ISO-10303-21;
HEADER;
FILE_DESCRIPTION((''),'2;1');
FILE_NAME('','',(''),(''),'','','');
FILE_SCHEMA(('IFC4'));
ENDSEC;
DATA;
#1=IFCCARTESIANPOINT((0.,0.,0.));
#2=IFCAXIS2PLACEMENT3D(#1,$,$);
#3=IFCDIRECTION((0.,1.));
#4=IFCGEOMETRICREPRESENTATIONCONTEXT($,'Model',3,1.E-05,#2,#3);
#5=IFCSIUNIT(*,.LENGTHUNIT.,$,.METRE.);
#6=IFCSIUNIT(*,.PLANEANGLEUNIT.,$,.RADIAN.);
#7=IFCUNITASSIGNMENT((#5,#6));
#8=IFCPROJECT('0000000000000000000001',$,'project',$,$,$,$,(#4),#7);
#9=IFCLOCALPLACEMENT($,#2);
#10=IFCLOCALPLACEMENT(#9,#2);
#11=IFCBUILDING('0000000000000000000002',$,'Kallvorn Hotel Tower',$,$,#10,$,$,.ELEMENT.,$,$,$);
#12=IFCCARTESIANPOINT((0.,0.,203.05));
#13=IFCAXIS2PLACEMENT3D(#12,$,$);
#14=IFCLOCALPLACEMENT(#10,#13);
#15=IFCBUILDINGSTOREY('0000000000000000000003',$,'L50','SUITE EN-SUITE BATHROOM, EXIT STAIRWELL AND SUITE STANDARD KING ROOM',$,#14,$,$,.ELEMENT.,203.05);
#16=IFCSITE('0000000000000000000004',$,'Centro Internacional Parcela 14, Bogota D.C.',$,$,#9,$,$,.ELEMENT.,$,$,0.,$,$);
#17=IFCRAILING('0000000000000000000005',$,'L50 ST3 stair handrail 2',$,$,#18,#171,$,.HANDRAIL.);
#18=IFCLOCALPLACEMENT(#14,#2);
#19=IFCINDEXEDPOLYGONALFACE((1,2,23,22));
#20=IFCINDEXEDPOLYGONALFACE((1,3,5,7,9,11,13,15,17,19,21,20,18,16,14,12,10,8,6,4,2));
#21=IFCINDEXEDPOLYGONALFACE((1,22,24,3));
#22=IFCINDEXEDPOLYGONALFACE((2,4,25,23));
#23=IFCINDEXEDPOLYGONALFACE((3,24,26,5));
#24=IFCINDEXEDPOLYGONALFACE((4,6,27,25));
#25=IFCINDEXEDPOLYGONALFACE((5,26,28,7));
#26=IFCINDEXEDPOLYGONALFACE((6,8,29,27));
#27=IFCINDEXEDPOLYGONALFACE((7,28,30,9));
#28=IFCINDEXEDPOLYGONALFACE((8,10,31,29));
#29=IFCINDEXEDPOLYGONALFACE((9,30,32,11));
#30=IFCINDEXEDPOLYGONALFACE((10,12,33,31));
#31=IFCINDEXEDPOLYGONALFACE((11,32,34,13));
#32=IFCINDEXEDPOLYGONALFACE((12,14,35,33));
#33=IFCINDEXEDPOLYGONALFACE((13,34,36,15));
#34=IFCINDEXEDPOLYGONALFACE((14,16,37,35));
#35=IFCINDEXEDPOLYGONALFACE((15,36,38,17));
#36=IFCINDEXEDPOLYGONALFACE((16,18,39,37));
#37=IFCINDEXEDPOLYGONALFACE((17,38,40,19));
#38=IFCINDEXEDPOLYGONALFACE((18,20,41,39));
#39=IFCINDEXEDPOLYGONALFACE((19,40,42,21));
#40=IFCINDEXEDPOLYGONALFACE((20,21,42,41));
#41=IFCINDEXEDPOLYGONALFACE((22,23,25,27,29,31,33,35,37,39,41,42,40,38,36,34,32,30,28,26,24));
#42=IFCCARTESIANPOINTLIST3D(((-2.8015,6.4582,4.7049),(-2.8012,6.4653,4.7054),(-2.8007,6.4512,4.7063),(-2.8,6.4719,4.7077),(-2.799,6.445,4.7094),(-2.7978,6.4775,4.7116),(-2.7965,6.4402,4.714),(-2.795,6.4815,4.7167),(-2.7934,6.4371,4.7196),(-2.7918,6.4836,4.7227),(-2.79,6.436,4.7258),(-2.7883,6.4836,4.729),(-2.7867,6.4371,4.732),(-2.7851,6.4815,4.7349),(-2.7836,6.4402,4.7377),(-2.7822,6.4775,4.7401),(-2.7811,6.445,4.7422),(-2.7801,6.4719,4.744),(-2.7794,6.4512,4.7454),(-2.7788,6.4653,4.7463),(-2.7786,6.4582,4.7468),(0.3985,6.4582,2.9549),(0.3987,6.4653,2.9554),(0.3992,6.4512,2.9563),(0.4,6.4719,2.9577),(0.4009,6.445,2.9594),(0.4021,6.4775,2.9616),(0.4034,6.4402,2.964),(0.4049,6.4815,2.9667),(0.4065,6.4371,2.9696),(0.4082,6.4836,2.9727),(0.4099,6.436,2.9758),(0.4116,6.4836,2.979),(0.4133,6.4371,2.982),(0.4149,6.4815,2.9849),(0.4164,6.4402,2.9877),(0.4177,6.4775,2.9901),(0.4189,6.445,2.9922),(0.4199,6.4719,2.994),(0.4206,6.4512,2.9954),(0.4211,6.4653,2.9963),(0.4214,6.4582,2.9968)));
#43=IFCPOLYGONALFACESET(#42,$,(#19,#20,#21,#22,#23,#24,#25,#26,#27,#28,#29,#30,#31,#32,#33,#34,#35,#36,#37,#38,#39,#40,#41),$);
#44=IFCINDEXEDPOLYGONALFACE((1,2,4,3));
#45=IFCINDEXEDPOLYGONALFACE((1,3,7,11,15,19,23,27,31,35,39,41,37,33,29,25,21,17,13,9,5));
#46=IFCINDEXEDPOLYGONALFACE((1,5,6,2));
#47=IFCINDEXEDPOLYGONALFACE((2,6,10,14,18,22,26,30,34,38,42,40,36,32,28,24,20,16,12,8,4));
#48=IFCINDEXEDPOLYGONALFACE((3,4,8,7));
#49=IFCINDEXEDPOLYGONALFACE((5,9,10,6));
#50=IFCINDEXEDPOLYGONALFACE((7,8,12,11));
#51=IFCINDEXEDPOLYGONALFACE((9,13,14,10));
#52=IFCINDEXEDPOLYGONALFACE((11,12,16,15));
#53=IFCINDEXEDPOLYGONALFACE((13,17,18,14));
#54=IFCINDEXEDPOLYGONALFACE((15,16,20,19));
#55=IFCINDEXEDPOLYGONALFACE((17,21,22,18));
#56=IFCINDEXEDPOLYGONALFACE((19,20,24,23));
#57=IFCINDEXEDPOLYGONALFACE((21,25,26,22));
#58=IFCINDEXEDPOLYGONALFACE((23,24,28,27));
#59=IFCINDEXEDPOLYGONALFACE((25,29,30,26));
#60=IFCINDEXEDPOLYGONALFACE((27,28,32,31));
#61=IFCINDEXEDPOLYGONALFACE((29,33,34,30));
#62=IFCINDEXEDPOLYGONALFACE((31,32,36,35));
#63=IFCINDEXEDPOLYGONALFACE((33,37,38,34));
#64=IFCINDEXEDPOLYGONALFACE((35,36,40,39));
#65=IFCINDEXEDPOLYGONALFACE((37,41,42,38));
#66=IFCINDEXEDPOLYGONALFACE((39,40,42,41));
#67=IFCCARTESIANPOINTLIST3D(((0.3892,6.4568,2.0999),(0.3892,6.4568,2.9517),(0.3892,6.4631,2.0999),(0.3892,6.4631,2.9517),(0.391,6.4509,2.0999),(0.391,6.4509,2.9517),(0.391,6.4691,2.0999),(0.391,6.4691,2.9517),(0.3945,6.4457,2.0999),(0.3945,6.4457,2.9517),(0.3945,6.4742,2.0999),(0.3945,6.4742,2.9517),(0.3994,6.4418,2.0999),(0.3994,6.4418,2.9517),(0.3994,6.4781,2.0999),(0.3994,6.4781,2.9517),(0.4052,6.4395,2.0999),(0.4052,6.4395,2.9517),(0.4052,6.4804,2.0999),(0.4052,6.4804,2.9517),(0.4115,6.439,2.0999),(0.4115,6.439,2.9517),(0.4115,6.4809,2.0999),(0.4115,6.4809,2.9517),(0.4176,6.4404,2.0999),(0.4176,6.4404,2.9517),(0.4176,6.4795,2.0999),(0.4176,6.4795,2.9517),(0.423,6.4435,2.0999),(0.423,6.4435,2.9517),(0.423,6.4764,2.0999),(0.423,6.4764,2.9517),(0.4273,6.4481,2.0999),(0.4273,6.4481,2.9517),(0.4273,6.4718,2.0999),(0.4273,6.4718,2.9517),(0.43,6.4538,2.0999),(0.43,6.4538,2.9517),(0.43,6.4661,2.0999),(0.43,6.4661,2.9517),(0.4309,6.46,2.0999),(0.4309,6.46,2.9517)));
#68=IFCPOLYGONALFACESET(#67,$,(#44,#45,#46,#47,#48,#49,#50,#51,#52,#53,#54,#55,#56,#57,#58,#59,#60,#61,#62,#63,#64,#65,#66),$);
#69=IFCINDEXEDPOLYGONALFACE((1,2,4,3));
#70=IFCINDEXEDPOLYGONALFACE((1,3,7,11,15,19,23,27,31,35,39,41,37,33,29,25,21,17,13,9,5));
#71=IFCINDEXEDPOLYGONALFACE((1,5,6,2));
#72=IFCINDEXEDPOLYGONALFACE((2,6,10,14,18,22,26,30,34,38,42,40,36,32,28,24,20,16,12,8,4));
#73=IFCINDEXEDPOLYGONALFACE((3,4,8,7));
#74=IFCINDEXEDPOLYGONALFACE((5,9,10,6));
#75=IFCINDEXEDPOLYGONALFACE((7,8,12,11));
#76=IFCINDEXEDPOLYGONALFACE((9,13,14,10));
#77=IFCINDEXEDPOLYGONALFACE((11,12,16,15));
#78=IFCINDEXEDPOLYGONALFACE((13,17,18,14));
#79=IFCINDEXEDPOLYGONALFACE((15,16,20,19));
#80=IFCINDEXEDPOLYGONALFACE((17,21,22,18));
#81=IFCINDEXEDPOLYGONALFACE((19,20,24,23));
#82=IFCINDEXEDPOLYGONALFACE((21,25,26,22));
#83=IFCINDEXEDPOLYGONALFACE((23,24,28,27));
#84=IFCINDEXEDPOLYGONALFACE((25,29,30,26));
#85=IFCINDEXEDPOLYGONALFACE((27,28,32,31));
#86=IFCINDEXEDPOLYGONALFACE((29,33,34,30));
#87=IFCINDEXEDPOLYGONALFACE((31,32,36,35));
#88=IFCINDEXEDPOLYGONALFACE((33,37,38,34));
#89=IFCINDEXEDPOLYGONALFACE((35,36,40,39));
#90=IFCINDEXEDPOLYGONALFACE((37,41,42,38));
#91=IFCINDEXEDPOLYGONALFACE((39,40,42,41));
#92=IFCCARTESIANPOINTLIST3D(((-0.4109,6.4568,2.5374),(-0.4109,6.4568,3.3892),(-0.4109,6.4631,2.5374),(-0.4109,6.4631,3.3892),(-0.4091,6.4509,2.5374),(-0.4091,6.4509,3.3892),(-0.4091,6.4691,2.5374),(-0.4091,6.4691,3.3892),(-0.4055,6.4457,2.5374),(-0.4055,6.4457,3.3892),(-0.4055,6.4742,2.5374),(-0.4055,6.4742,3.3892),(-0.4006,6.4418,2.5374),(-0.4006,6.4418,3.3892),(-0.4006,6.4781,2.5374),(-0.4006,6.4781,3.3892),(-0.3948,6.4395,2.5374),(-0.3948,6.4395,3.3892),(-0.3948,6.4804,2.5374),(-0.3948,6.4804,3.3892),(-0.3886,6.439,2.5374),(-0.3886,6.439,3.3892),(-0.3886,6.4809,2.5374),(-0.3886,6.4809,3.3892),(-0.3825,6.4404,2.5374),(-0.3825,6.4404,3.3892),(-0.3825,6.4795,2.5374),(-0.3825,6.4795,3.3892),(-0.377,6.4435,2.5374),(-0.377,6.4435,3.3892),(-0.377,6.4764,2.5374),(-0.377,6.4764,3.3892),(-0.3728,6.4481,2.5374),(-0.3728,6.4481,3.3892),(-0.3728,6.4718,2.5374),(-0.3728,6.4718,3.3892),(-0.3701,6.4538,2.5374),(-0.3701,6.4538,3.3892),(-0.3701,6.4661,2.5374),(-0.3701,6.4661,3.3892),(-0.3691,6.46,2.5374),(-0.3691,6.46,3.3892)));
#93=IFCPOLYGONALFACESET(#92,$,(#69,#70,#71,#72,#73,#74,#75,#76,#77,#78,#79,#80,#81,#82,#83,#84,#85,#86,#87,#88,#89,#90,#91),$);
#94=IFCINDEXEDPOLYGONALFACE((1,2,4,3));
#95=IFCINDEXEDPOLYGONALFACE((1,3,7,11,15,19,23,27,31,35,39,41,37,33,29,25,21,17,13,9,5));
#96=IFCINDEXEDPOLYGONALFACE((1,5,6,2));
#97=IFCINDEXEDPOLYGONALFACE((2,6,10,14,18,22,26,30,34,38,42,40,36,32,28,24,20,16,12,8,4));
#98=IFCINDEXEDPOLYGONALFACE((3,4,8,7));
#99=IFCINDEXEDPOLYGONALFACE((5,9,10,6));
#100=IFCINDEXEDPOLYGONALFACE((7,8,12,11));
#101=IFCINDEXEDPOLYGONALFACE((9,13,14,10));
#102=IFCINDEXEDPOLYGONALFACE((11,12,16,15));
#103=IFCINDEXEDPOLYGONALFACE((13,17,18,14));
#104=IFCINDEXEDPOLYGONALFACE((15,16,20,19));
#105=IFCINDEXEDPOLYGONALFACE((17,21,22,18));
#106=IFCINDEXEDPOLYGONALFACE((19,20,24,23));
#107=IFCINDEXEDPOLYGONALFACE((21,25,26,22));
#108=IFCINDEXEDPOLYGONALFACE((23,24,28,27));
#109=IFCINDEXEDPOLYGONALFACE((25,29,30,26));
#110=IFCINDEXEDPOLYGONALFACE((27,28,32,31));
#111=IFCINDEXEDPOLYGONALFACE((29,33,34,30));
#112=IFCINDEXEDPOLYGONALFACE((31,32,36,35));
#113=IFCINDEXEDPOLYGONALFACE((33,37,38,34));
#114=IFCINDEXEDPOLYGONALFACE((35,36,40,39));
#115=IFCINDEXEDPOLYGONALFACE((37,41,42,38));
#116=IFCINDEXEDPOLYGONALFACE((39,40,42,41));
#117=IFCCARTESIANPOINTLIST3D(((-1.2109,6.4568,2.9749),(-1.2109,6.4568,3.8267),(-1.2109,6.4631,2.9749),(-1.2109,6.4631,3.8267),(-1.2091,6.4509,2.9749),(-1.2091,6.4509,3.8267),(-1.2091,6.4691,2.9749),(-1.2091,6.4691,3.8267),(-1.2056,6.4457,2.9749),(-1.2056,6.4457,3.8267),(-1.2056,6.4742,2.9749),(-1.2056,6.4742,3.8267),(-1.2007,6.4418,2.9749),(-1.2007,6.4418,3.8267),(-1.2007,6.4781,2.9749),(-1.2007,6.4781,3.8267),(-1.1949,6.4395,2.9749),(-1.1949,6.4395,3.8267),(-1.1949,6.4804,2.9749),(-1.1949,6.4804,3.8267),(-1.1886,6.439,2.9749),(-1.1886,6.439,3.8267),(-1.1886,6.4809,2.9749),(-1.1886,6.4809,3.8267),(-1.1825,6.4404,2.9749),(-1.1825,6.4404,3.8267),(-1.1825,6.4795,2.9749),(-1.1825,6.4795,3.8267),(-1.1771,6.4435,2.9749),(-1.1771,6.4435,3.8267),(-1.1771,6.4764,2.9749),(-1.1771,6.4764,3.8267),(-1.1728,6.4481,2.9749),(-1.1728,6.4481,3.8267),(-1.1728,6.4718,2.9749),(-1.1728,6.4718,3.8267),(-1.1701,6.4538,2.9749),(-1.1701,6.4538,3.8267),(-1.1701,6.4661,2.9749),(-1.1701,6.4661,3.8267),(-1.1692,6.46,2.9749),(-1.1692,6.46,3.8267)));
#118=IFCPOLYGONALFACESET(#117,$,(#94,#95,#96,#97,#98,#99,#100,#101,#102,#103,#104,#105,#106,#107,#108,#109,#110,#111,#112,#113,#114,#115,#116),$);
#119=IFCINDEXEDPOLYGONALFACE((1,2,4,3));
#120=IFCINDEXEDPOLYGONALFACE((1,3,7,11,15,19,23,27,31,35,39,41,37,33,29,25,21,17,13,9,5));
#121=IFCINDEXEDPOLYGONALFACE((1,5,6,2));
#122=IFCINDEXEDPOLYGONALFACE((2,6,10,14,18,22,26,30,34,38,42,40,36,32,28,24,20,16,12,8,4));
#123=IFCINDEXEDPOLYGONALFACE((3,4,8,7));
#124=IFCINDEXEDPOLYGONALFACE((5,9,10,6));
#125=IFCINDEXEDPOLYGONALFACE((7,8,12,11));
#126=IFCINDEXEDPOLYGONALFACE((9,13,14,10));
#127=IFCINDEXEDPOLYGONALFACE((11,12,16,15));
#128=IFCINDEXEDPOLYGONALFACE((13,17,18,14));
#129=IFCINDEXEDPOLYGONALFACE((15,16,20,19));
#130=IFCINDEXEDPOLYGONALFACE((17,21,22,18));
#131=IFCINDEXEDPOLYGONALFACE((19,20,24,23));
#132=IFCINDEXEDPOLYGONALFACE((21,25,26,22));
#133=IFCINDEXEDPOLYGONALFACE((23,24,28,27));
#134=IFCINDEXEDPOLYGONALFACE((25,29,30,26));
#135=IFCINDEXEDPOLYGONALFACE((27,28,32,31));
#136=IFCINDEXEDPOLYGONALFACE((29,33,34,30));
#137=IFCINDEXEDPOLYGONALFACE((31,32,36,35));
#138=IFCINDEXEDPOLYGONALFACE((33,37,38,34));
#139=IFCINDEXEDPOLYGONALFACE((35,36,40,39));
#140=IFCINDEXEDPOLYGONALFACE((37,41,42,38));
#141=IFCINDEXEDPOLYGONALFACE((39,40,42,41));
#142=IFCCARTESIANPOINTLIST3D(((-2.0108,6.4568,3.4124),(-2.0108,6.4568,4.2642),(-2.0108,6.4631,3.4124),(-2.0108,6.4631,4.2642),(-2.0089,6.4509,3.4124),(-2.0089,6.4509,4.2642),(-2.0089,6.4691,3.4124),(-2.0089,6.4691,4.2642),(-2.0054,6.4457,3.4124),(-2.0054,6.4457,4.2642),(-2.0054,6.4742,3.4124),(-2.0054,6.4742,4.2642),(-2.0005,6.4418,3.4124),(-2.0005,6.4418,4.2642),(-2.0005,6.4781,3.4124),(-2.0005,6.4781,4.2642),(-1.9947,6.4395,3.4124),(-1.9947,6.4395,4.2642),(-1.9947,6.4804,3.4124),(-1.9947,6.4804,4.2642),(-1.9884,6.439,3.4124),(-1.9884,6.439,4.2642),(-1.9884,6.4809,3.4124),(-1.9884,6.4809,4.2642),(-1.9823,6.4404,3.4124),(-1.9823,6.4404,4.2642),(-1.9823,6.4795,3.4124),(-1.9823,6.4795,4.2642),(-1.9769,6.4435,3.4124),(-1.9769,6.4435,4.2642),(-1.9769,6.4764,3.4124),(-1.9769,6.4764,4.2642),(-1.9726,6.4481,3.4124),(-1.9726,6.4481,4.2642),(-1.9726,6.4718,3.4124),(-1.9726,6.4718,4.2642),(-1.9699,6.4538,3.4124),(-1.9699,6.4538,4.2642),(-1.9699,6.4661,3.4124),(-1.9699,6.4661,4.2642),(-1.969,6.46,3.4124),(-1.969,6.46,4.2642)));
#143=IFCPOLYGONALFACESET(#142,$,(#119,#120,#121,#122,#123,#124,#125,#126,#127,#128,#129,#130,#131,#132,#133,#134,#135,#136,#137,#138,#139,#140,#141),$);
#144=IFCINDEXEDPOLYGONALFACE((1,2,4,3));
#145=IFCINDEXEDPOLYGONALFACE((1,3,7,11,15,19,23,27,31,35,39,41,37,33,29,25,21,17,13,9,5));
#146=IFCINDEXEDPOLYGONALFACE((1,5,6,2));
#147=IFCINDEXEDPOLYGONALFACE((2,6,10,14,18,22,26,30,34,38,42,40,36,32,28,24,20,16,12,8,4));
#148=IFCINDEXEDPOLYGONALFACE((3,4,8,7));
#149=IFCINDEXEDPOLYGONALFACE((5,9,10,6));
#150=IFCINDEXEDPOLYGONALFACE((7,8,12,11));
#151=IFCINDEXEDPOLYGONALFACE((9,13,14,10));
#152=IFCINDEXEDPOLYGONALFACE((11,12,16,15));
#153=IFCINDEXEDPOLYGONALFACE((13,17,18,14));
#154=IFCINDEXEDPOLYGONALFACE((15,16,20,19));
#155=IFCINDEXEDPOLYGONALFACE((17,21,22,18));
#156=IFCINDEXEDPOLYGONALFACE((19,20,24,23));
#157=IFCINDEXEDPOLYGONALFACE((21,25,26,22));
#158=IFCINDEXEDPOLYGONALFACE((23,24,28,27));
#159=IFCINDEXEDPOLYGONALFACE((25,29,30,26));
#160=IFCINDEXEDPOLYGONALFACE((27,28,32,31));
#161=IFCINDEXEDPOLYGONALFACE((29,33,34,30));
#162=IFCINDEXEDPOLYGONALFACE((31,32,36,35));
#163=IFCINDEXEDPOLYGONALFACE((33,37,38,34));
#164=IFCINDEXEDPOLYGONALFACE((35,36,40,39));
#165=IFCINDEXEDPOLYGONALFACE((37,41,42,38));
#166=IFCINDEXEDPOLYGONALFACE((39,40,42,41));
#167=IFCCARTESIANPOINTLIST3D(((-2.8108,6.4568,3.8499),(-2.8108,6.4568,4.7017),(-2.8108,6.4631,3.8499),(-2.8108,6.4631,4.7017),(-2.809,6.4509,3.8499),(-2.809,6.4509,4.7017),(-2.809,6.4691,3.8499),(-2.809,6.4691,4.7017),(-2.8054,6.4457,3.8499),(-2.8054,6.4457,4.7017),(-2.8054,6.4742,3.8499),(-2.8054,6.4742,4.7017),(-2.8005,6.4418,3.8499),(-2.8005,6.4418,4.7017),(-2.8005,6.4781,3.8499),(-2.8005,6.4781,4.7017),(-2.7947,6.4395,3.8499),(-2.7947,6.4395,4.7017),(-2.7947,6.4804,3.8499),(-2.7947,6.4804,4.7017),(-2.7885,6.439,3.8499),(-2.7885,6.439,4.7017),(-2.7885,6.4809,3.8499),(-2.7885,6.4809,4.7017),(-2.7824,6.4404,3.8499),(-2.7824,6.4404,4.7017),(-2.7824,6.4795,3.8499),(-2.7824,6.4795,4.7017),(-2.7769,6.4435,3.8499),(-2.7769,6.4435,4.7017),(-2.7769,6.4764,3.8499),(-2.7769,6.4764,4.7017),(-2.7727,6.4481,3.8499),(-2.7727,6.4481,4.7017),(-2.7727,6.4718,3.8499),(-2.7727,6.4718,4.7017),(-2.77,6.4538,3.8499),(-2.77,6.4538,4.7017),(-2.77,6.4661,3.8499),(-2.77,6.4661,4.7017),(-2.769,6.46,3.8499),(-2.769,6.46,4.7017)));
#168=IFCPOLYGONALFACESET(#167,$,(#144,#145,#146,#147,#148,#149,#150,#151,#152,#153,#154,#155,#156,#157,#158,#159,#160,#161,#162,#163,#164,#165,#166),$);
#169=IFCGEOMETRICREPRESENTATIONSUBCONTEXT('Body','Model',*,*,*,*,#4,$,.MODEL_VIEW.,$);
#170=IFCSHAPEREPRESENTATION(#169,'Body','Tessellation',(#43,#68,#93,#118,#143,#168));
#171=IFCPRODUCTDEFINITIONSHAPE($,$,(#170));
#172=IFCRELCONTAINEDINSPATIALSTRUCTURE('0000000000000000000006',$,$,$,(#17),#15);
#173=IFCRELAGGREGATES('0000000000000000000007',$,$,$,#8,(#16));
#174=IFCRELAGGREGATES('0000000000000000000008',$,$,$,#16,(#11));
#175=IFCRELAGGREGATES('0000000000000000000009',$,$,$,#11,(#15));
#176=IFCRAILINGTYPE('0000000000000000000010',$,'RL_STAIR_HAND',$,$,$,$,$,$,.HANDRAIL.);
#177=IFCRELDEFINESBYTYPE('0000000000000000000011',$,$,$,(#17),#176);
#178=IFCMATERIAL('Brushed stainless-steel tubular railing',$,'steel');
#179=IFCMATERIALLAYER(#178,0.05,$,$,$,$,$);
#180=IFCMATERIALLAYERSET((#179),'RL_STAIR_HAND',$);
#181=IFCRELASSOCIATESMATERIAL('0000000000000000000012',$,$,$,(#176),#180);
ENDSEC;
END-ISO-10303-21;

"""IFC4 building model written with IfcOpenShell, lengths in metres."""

from ifc_helpers import new_model, si_unit, direction, frame, origin, origin_2d, place, context, subcontext, project, spatial, circle, extrude, material, layer, layer_set, type_object, element, save


model = new_model("IFC4")

# Units and contexts
model_context = context("Model", 3, precision=1e-05, world=origin(), true_north=direction((0.0, 1.0)))
body_context = subcontext(model_context, "Body", "Model", "MODEL_VIEW")
ifc_project = project(units=[si_unit("LENGTHUNIT", "METRE"), si_unit("PLANEANGLEUNIT", "RADIAN")], contexts=[model_context])

# Site, building, storey
site_placement = place(None, origin())
site = spatial("IfcSite", under=ifc_project, at=site_placement, Name="Centro Internacional Parcela 14, Bogota D.C.", CompositionType="ELEMENT", RefElevation=0.0)
building_placement = place(site_placement, origin())
building = spatial("IfcBuilding", under=site, at=building_placement, Name="Kallvorn Hotel Tower", CompositionType="ELEMENT")
storey_placement = place(building_placement, frame((0.0, 0.0, 203.05)))
storey = spatial("IfcBuildingStorey", under=building, at=storey_placement, Name="L50", Description="SUITE EN-SUITE BATHROOM, EXIT STAIRWELL AND SUITE STANDARD KING ROOM", CompositionType="ELEMENT", Elevation=203.05)

# Railing
ifc_material_1 = material(Name="Brushed stainless-steel tubular railing", Category="steel")
ifc_layer_1 = layer(ifc_material_1, 0.05)
ifc_layer_set_1 = layer_set([ifc_layer_1], Name="RL_STAIR_HAND")
railing_type = type_object("IfcRailingType", Name="RL_STAIR_HAND", PredefinedType="HANDRAIL", material=ifc_layer_set_1)
railing_placement = place(storey_placement, frame((0.4099, 6.46, 2.0999)))
element("IfcRailing", 1, at=railing_placement, inside=storey, type_object=railing_type, Name="L50 ST3 stair handrail 2", PredefinedType="HANDRAIL", context=body_context, shape_type="SweptSolid", body=[
    extrude(circle(Radius=0.0239, at=origin_2d()), frame((0.0, 0.0, 0.876), z_axis=(-0.877368, 0.0, 0.479818), x_axis=(0.0, -1.0, 0.0)), (0.0, 0.0, 1.0), 3.6472),
    extrude(circle(Radius=0.021, at=origin_2d()), origin(), (0.0, 0.0, 1.0), 0.8518),
    extrude(circle(Radius=0.021, at=origin_2d()), frame((-0.8, 0.0, 0.4375)), (0.0, 0.0, 1.0), 0.8518),
    extrude(circle(Radius=0.021, at=origin_2d()), frame((-1.6001, 0.0, 0.875)), (0.0, 0.0, 1.0), 0.8518),
    extrude(circle(Radius=0.021, at=origin_2d()), frame((-2.3999, 0.0, 1.3125)), (0.0, 0.0, 1.0), 0.8518),
    extrude(circle(Radius=0.021, at=origin_2d()), frame((-3.2, 0.0, 1.75)), (0.0, 0.0, 1.0), 0.8518),
])

save(model, "model.ifc")
